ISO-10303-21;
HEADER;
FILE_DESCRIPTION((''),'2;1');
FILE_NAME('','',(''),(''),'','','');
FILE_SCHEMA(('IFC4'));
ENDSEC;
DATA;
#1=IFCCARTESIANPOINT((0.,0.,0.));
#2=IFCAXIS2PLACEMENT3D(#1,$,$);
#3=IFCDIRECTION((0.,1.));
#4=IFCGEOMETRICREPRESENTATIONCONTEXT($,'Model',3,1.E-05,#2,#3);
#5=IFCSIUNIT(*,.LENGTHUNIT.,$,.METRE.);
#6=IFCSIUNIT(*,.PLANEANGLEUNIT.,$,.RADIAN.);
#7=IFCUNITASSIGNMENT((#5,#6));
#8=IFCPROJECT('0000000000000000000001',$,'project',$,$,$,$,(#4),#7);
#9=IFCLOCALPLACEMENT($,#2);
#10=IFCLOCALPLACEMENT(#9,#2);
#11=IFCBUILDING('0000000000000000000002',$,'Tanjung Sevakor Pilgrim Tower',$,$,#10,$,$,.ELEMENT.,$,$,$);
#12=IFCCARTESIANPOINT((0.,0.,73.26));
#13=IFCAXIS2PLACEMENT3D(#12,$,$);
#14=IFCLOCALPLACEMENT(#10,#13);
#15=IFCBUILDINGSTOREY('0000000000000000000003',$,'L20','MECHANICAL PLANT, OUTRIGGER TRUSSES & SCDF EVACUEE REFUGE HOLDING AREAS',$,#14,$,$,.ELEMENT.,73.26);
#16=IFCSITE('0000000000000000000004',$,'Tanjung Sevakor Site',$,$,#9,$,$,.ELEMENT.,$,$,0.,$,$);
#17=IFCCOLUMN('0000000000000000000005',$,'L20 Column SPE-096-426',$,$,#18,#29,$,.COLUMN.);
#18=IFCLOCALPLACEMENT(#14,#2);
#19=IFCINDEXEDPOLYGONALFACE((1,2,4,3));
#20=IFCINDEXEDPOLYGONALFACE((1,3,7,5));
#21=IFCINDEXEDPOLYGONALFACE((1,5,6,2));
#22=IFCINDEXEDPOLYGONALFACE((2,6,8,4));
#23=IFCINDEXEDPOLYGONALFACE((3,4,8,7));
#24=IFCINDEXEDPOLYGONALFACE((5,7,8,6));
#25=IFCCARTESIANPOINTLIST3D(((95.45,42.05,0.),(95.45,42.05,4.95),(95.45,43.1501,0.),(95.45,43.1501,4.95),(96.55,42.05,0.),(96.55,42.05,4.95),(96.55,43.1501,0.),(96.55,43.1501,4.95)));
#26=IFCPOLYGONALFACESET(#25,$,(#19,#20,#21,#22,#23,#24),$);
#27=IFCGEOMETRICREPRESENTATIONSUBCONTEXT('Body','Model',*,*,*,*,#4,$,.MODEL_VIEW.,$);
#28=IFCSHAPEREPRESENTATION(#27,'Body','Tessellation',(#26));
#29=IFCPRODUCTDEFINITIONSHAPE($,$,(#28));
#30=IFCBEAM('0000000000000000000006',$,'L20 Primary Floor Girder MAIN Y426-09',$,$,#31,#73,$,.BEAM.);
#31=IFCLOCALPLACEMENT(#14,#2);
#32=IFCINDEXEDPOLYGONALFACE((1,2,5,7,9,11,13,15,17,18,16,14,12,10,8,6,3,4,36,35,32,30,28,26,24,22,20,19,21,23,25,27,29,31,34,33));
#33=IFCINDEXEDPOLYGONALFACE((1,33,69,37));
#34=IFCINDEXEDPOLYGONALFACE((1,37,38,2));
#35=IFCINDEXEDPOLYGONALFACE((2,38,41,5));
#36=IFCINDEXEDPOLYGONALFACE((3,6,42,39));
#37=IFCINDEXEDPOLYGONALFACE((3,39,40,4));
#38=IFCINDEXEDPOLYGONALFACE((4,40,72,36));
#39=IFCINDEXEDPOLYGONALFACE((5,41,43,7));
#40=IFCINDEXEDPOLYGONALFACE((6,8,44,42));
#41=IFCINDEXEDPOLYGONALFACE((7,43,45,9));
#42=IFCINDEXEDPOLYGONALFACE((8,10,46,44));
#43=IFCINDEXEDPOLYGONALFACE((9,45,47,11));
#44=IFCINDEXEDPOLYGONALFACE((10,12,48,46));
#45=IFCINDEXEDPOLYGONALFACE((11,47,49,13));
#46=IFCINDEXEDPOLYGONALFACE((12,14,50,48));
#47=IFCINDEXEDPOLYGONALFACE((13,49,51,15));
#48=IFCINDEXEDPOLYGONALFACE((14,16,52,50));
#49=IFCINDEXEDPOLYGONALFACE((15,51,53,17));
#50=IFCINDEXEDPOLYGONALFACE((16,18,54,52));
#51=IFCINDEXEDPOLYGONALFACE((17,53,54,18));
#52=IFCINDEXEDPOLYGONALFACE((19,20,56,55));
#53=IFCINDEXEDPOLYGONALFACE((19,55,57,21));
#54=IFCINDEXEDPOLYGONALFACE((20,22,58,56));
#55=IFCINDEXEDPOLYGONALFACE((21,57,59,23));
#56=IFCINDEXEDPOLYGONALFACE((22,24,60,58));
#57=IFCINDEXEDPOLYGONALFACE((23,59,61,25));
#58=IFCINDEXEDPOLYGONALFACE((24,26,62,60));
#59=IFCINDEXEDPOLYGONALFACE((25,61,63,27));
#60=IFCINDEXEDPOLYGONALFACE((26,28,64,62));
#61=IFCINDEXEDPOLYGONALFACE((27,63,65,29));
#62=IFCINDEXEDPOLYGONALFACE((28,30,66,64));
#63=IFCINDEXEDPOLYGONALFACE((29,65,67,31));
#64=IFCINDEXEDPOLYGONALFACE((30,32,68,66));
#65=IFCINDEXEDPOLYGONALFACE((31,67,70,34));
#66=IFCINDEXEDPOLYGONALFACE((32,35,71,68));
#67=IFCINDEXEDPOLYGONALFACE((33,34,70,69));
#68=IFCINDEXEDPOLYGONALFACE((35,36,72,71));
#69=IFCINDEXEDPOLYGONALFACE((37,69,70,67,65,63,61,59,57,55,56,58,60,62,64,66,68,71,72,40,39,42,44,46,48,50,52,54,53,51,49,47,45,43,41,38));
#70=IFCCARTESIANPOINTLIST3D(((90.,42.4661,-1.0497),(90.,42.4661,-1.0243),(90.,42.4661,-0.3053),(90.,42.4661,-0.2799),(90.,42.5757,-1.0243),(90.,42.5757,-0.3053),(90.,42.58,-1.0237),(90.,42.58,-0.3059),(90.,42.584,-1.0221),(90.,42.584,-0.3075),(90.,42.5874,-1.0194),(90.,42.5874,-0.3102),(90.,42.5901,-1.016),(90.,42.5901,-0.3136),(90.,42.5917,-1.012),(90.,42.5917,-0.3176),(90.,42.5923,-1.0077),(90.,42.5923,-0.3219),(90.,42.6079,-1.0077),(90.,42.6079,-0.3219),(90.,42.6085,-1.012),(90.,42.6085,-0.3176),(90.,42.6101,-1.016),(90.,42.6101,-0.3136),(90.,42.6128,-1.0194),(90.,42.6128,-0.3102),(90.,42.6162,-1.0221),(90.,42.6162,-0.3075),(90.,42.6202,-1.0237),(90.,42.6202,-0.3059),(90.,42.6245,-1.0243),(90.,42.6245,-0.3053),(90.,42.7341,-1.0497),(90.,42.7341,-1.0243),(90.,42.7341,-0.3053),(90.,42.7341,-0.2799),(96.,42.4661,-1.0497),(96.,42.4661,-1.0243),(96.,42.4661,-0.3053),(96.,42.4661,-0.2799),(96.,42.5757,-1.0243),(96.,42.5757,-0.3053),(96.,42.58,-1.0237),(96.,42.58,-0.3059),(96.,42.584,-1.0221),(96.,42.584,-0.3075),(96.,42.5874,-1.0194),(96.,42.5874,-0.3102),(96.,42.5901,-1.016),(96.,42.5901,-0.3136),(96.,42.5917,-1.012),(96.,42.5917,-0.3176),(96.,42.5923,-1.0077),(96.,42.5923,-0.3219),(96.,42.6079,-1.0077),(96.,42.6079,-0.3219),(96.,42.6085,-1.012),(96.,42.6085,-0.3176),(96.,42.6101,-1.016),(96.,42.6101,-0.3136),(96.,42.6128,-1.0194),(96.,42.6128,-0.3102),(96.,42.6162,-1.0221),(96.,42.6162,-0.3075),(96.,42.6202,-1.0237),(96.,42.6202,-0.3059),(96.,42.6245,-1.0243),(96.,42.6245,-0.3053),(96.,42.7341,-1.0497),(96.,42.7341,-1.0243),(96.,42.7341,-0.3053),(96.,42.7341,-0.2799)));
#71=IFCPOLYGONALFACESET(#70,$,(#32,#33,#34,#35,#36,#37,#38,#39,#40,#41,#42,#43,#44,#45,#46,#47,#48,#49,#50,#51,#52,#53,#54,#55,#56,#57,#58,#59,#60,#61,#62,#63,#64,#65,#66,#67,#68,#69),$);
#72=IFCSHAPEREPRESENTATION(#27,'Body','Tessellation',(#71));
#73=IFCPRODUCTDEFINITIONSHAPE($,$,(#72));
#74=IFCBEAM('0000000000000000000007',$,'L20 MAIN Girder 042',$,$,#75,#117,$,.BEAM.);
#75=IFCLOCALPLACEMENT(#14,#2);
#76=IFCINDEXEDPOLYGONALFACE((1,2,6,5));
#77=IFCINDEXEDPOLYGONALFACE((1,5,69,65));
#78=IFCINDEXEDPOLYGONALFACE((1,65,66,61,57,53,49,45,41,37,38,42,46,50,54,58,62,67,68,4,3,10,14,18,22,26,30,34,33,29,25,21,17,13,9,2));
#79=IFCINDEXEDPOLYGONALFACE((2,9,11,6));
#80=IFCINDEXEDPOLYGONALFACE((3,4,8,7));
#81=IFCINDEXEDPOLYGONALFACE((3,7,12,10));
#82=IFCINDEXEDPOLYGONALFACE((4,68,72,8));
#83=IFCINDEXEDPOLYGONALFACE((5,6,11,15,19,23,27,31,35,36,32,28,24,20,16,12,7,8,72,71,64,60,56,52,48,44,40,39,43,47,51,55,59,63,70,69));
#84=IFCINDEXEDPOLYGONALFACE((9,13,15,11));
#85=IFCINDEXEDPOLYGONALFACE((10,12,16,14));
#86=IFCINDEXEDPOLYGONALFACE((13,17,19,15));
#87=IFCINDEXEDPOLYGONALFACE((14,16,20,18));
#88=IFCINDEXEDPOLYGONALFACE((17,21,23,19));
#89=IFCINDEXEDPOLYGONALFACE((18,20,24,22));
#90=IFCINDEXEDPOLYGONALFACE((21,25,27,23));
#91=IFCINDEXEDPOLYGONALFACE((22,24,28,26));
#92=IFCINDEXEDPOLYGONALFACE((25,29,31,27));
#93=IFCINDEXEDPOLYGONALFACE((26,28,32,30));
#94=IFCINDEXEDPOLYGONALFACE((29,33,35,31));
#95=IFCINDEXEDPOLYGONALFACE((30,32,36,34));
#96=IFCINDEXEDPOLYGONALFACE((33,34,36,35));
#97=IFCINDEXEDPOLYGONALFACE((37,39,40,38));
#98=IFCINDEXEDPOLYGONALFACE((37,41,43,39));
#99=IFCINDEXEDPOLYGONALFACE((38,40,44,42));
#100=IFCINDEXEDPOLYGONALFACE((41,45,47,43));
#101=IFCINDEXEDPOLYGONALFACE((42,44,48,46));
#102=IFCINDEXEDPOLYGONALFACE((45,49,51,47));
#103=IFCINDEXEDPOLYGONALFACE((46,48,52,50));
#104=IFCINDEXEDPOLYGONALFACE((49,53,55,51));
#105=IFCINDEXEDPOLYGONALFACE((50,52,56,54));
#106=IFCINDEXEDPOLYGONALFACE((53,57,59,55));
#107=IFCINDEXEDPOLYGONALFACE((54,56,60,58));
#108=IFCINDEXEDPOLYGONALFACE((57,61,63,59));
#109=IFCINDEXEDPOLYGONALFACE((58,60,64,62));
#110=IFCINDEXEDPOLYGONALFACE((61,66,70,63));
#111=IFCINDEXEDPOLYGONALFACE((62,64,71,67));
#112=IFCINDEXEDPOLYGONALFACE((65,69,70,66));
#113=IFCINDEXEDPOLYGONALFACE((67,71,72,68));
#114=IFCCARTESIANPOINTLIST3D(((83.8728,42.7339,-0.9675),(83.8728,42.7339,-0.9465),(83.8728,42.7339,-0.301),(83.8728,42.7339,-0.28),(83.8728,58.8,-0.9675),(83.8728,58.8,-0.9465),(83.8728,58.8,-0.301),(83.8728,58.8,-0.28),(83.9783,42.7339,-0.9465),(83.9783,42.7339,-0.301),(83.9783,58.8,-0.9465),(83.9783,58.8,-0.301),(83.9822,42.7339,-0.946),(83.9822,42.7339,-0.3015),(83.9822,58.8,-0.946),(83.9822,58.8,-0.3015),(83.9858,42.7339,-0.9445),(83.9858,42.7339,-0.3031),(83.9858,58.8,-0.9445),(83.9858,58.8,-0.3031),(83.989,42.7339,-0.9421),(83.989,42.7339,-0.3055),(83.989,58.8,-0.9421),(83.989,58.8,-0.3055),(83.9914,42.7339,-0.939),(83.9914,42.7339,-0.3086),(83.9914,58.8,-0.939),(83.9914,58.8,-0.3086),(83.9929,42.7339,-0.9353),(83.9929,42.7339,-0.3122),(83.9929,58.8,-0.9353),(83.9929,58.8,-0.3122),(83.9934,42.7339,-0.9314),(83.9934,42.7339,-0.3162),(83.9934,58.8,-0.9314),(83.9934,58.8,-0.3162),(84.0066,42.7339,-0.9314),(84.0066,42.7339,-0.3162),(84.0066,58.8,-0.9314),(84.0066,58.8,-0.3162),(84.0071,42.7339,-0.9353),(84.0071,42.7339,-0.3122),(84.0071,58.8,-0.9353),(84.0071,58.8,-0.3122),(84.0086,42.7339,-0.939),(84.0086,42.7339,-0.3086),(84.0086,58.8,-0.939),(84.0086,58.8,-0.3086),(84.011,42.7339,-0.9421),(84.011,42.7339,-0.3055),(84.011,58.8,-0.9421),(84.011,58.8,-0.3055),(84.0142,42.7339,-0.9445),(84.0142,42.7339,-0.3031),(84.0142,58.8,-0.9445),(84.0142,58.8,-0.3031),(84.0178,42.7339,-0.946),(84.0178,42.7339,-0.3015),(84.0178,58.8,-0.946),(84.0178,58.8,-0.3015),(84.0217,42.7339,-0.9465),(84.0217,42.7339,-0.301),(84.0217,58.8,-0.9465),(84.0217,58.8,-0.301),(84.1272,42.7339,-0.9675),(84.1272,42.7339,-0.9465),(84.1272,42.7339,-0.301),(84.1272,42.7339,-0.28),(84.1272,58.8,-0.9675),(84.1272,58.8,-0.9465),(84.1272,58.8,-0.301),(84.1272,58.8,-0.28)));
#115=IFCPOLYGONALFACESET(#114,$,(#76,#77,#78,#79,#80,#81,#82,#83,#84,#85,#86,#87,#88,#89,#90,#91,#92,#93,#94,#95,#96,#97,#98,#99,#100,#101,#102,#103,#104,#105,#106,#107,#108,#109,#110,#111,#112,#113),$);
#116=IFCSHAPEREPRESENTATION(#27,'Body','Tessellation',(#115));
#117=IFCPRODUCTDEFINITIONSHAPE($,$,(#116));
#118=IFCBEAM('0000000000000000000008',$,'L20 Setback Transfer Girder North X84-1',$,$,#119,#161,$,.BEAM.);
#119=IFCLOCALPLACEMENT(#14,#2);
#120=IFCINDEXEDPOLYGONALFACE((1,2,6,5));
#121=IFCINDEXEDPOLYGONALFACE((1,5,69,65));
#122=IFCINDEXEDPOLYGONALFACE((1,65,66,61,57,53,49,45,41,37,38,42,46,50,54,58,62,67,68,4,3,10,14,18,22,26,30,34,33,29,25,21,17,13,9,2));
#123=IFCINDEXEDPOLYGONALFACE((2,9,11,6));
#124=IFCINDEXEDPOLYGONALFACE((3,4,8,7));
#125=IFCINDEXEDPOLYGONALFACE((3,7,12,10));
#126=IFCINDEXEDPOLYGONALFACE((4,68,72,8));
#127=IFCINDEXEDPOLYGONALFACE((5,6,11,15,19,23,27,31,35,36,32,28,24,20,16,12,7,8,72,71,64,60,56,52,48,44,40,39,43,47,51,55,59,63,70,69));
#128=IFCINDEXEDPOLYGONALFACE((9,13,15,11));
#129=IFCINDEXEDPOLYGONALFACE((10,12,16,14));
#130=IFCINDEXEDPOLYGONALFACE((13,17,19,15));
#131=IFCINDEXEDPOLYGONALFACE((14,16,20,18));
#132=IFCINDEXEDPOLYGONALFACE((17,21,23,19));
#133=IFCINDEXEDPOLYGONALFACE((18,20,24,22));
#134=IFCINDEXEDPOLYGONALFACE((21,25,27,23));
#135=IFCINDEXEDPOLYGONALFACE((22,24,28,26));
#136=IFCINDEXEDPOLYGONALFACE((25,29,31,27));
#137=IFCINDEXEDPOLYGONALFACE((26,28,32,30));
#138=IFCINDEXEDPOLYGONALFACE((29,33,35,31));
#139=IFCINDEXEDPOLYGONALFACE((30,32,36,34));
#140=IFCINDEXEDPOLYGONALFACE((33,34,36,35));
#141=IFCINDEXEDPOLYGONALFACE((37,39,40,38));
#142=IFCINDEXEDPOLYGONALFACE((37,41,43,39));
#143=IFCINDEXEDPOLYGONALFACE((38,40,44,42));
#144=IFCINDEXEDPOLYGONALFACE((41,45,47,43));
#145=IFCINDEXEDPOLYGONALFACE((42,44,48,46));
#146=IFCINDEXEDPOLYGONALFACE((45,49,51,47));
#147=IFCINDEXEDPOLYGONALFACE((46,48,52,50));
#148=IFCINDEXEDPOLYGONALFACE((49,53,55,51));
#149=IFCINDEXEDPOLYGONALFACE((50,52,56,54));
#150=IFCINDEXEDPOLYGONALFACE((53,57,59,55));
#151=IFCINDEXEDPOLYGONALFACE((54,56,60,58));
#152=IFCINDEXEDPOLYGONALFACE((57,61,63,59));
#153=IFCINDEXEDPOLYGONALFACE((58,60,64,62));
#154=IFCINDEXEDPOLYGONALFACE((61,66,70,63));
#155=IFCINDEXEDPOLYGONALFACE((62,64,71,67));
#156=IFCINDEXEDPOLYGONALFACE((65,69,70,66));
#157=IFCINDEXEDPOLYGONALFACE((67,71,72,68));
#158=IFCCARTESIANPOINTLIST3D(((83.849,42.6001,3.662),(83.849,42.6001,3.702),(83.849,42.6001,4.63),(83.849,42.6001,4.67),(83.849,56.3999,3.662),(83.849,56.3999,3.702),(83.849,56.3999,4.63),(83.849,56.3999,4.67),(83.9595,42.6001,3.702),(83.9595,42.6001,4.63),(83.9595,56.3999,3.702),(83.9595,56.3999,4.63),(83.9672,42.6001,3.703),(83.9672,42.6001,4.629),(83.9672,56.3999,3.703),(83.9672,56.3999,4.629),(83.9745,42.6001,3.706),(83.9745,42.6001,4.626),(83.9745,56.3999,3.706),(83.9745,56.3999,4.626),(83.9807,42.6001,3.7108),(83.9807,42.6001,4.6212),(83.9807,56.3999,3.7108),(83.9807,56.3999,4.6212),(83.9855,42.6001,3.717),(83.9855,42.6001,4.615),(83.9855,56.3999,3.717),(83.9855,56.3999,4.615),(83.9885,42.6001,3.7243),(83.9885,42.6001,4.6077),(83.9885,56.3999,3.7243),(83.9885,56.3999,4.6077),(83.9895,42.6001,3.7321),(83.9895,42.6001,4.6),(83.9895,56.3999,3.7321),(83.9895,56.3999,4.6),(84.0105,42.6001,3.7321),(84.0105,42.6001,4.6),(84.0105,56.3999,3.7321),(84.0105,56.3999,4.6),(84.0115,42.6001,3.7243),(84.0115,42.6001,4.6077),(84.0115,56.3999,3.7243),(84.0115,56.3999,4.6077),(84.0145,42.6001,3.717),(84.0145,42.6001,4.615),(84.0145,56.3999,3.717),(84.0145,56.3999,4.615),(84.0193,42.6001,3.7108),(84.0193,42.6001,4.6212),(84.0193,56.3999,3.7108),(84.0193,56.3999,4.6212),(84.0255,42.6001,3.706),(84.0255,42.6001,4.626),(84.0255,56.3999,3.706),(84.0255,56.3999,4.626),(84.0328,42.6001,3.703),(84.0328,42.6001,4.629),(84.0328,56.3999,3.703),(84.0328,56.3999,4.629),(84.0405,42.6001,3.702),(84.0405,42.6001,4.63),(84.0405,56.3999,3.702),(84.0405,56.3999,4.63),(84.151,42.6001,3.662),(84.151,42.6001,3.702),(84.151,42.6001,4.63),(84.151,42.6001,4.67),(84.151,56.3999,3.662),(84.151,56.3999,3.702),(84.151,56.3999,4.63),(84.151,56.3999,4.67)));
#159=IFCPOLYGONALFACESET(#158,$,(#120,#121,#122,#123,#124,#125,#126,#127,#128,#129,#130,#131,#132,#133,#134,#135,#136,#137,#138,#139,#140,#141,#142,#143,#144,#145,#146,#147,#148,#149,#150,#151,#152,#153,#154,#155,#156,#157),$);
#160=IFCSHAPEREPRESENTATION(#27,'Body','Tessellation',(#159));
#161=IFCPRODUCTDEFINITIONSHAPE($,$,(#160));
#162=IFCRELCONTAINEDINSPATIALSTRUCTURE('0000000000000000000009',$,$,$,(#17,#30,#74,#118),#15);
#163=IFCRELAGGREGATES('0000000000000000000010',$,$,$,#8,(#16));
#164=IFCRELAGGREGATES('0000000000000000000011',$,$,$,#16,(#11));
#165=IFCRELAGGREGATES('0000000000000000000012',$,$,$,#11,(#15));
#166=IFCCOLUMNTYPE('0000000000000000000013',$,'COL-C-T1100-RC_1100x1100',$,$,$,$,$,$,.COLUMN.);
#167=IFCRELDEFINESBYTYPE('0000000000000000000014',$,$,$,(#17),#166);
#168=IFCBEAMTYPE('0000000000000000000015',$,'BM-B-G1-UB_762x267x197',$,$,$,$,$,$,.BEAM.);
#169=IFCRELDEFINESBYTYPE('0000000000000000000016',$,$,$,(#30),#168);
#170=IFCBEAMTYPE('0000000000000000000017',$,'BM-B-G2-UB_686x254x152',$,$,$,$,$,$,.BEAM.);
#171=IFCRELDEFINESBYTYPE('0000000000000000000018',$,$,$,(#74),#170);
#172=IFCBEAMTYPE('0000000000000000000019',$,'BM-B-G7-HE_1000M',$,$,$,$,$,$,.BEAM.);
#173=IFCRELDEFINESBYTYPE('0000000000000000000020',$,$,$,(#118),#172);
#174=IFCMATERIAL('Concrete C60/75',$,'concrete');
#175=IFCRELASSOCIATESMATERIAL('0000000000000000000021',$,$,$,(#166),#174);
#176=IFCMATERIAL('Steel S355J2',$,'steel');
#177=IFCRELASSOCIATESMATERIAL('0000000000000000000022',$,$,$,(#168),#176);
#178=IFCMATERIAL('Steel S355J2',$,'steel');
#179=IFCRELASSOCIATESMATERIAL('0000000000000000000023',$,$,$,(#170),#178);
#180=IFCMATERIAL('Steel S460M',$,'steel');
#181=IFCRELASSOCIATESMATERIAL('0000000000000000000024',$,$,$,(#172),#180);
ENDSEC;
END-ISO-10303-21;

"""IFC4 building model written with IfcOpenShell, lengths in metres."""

from ifc_helpers import new_model, si_unit, direction, frame, origin, origin_2d, place, context, subcontext, project, spatial, rectangle, i_section, extrude, material, material_profile, profile_set, type_object, element, save


model = new_model("IFC4")

# Units and contexts
model_context = context("Model", 3, precision=1e-05, world=origin(), true_north=direction((0.0, 1.0)))
body_context = subcontext(model_context, "Body", "Model", "MODEL_VIEW")
ifc_project = project(units=[si_unit("LENGTHUNIT", "METRE"), si_unit("PLANEANGLEUNIT", "RADIAN")], contexts=[model_context])

# Site, building, storey
site_placement = place(None, origin())
site = spatial("IfcSite", under=ifc_project, at=site_placement, Name="Tanjung Sevakor Site", CompositionType="ELEMENT", RefElevation=0.0)
building_placement = place(site_placement, origin())
building = spatial("IfcBuilding", under=site, at=building_placement, Name="Tanjung Sevakor Pilgrim Tower", CompositionType="ELEMENT")
storey_placement = place(building_placement, frame((0.0, 0.0, 73.26)))
storey = spatial("IfcBuildingStorey", under=building, at=storey_placement, Name="L20", Description="MECHANICAL PLANT, OUTRIGGER TRUSSES & SCDF EVACUEE REFUGE HOLDING AREAS", CompositionType="ELEMENT", Elevation=73.26)

# Column
ifc_material_1 = material(Name="Concrete C60/75", Category="concrete")
ifc_material_profile_1 = material_profile(ifc_material_1, rectangle(XDim=1.1001, YDim=1.1001, at=origin_2d()))
ifc_profile_set_1 = profile_set([ifc_material_profile_1], Name="Concrete C60/75")
column_type = type_object("IfcColumnType", Name="COL-C-T1100-RC_1100x1100", PredefinedType="COLUMN", material=ifc_profile_set_1)
column_placement = place(storey_placement, frame((96.0, 42.6001, 0.0), z_axis=(0.0, 0.0, 1.0), x_axis=(1.0, 0.0, 0.0)))
element("IfcColumn", 1, at=column_placement, inside=storey, type_object=column_type, Name="L20 Column SPE-096-426", PredefinedType="COLUMN", context=body_context, shape_type="SweptSolid", body=[
    extrude(rectangle(XDim=1.1001, YDim=1.1001, at=origin_2d()), origin(), (0.0, 0.0, 1.0), 4.95),
])

# Beams
ifc_material_2 = material(Name="Steel S355J2", Category="steel")
ifc_material_profile_2 = material_profile(ifc_material_2, i_section(OverallWidth=0.2681, OverallDepth=0.7698, WebThickness=0.0156, FlangeThickness=0.0254, FilletRadius=0.0166, at=origin_2d()))
ifc_profile_set_2 = profile_set([ifc_material_profile_2], Name="Steel S355J2")
beam_type_1 = type_object("IfcBeamType", Name="BM-B-G1-UB_762x267x197", PredefinedType="BEAM", material=ifc_profile_set_2)
beam_1_placement = place(storey_placement, frame((90.0, 42.6001, -0.6648), z_axis=(1.0, 0.0, 0.0), x_axis=(0.0, 1.0, 0.0)))
element("IfcBeam", 2, at=beam_1_placement, inside=storey, type_object=beam_type_1, Name="L20 Primary Floor Girder MAIN Y426-09", PredefinedType="BEAM", context=body_context, shape_type="SweptSolid", body=[
    extrude(i_section(OverallWidth=0.2681, OverallDepth=0.7698, WebThickness=0.0156, FlangeThickness=0.0254, FilletRadius=0.0166, at=origin_2d()), origin(), (0.0, 0.0, 1.0), 6.0),
])
ifc_material_3 = material(Name="Steel S355J2", Category="steel")
ifc_material_profile_3 = material_profile(ifc_material_3, i_section(OverallWidth=0.2544, OverallDepth=0.6875, WebThickness=0.0132, FlangeThickness=0.021, FilletRadius=0.0151, at=origin_2d()))
ifc_profile_set_3 = profile_set([ifc_material_profile_3], Name="Steel S355J2")
beam_type_2 = type_object("IfcBeamType", Name="BM-B-G2-UB_686x254x152", PredefinedType="BEAM", material=ifc_profile_set_3)
beam_2_placement = place(storey_placement, frame((84.0, 42.7339, -0.6238), z_axis=(0.0, 1.0, 0.0), x_axis=(-1.0, 0.0, 0.0)))
element("IfcBeam", 3, at=beam_2_placement, inside=storey, type_object=beam_type_2, Name="L20 MAIN Girder 042", PredefinedType="BEAM", context=body_context, shape_type="SweptSolid", body=[
    extrude(i_section(OverallWidth=0.2544, OverallDepth=0.6875, WebThickness=0.0132, FlangeThickness=0.021, FilletRadius=0.0151, at=origin_2d()), origin(), (0.0, 0.0, 1.0), 16.0662),
])
ifc_material_4 = material(Name="Steel S460M", Category="steel")
ifc_material_profile_4 = material_profile(ifc_material_4, i_section(OverallWidth=0.302, OverallDepth=1.0081, WebThickness=0.021, FlangeThickness=0.04, FilletRadius=0.03, at=origin_2d()))
ifc_profile_set_4 = profile_set([ifc_material_profile_4], Name="Steel S460M")
beam_type_3 = type_object("IfcBeamType", Name="BM-B-G7-HE_1000M", PredefinedType="BEAM", material=ifc_profile_set_4)
for number, where, z_axis, x_axis, name in (
    (4, (84.0, 42.6001, 4.166), (0.0, 1.0, 0.0), (-1.0, 0.0, 0.0), "L20 Setback Transfer Girder North X84-1"),
):
    element("IfcBeam", number, at=place(storey_placement, frame(where, z_axis=z_axis, x_axis=x_axis)), inside=storey, type_object=beam_type_3, Name=name, PredefinedType="BEAM", context=body_context, shape_type="SweptSolid", body=[
        extrude(i_section(OverallWidth=0.302, OverallDepth=1.0081, WebThickness=0.021, FlangeThickness=0.04, FilletRadius=0.03, at=origin_2d()), origin(), (0.0, 0.0, 1.0), 13.7998),
    ])

save(model, "model.ifc")
